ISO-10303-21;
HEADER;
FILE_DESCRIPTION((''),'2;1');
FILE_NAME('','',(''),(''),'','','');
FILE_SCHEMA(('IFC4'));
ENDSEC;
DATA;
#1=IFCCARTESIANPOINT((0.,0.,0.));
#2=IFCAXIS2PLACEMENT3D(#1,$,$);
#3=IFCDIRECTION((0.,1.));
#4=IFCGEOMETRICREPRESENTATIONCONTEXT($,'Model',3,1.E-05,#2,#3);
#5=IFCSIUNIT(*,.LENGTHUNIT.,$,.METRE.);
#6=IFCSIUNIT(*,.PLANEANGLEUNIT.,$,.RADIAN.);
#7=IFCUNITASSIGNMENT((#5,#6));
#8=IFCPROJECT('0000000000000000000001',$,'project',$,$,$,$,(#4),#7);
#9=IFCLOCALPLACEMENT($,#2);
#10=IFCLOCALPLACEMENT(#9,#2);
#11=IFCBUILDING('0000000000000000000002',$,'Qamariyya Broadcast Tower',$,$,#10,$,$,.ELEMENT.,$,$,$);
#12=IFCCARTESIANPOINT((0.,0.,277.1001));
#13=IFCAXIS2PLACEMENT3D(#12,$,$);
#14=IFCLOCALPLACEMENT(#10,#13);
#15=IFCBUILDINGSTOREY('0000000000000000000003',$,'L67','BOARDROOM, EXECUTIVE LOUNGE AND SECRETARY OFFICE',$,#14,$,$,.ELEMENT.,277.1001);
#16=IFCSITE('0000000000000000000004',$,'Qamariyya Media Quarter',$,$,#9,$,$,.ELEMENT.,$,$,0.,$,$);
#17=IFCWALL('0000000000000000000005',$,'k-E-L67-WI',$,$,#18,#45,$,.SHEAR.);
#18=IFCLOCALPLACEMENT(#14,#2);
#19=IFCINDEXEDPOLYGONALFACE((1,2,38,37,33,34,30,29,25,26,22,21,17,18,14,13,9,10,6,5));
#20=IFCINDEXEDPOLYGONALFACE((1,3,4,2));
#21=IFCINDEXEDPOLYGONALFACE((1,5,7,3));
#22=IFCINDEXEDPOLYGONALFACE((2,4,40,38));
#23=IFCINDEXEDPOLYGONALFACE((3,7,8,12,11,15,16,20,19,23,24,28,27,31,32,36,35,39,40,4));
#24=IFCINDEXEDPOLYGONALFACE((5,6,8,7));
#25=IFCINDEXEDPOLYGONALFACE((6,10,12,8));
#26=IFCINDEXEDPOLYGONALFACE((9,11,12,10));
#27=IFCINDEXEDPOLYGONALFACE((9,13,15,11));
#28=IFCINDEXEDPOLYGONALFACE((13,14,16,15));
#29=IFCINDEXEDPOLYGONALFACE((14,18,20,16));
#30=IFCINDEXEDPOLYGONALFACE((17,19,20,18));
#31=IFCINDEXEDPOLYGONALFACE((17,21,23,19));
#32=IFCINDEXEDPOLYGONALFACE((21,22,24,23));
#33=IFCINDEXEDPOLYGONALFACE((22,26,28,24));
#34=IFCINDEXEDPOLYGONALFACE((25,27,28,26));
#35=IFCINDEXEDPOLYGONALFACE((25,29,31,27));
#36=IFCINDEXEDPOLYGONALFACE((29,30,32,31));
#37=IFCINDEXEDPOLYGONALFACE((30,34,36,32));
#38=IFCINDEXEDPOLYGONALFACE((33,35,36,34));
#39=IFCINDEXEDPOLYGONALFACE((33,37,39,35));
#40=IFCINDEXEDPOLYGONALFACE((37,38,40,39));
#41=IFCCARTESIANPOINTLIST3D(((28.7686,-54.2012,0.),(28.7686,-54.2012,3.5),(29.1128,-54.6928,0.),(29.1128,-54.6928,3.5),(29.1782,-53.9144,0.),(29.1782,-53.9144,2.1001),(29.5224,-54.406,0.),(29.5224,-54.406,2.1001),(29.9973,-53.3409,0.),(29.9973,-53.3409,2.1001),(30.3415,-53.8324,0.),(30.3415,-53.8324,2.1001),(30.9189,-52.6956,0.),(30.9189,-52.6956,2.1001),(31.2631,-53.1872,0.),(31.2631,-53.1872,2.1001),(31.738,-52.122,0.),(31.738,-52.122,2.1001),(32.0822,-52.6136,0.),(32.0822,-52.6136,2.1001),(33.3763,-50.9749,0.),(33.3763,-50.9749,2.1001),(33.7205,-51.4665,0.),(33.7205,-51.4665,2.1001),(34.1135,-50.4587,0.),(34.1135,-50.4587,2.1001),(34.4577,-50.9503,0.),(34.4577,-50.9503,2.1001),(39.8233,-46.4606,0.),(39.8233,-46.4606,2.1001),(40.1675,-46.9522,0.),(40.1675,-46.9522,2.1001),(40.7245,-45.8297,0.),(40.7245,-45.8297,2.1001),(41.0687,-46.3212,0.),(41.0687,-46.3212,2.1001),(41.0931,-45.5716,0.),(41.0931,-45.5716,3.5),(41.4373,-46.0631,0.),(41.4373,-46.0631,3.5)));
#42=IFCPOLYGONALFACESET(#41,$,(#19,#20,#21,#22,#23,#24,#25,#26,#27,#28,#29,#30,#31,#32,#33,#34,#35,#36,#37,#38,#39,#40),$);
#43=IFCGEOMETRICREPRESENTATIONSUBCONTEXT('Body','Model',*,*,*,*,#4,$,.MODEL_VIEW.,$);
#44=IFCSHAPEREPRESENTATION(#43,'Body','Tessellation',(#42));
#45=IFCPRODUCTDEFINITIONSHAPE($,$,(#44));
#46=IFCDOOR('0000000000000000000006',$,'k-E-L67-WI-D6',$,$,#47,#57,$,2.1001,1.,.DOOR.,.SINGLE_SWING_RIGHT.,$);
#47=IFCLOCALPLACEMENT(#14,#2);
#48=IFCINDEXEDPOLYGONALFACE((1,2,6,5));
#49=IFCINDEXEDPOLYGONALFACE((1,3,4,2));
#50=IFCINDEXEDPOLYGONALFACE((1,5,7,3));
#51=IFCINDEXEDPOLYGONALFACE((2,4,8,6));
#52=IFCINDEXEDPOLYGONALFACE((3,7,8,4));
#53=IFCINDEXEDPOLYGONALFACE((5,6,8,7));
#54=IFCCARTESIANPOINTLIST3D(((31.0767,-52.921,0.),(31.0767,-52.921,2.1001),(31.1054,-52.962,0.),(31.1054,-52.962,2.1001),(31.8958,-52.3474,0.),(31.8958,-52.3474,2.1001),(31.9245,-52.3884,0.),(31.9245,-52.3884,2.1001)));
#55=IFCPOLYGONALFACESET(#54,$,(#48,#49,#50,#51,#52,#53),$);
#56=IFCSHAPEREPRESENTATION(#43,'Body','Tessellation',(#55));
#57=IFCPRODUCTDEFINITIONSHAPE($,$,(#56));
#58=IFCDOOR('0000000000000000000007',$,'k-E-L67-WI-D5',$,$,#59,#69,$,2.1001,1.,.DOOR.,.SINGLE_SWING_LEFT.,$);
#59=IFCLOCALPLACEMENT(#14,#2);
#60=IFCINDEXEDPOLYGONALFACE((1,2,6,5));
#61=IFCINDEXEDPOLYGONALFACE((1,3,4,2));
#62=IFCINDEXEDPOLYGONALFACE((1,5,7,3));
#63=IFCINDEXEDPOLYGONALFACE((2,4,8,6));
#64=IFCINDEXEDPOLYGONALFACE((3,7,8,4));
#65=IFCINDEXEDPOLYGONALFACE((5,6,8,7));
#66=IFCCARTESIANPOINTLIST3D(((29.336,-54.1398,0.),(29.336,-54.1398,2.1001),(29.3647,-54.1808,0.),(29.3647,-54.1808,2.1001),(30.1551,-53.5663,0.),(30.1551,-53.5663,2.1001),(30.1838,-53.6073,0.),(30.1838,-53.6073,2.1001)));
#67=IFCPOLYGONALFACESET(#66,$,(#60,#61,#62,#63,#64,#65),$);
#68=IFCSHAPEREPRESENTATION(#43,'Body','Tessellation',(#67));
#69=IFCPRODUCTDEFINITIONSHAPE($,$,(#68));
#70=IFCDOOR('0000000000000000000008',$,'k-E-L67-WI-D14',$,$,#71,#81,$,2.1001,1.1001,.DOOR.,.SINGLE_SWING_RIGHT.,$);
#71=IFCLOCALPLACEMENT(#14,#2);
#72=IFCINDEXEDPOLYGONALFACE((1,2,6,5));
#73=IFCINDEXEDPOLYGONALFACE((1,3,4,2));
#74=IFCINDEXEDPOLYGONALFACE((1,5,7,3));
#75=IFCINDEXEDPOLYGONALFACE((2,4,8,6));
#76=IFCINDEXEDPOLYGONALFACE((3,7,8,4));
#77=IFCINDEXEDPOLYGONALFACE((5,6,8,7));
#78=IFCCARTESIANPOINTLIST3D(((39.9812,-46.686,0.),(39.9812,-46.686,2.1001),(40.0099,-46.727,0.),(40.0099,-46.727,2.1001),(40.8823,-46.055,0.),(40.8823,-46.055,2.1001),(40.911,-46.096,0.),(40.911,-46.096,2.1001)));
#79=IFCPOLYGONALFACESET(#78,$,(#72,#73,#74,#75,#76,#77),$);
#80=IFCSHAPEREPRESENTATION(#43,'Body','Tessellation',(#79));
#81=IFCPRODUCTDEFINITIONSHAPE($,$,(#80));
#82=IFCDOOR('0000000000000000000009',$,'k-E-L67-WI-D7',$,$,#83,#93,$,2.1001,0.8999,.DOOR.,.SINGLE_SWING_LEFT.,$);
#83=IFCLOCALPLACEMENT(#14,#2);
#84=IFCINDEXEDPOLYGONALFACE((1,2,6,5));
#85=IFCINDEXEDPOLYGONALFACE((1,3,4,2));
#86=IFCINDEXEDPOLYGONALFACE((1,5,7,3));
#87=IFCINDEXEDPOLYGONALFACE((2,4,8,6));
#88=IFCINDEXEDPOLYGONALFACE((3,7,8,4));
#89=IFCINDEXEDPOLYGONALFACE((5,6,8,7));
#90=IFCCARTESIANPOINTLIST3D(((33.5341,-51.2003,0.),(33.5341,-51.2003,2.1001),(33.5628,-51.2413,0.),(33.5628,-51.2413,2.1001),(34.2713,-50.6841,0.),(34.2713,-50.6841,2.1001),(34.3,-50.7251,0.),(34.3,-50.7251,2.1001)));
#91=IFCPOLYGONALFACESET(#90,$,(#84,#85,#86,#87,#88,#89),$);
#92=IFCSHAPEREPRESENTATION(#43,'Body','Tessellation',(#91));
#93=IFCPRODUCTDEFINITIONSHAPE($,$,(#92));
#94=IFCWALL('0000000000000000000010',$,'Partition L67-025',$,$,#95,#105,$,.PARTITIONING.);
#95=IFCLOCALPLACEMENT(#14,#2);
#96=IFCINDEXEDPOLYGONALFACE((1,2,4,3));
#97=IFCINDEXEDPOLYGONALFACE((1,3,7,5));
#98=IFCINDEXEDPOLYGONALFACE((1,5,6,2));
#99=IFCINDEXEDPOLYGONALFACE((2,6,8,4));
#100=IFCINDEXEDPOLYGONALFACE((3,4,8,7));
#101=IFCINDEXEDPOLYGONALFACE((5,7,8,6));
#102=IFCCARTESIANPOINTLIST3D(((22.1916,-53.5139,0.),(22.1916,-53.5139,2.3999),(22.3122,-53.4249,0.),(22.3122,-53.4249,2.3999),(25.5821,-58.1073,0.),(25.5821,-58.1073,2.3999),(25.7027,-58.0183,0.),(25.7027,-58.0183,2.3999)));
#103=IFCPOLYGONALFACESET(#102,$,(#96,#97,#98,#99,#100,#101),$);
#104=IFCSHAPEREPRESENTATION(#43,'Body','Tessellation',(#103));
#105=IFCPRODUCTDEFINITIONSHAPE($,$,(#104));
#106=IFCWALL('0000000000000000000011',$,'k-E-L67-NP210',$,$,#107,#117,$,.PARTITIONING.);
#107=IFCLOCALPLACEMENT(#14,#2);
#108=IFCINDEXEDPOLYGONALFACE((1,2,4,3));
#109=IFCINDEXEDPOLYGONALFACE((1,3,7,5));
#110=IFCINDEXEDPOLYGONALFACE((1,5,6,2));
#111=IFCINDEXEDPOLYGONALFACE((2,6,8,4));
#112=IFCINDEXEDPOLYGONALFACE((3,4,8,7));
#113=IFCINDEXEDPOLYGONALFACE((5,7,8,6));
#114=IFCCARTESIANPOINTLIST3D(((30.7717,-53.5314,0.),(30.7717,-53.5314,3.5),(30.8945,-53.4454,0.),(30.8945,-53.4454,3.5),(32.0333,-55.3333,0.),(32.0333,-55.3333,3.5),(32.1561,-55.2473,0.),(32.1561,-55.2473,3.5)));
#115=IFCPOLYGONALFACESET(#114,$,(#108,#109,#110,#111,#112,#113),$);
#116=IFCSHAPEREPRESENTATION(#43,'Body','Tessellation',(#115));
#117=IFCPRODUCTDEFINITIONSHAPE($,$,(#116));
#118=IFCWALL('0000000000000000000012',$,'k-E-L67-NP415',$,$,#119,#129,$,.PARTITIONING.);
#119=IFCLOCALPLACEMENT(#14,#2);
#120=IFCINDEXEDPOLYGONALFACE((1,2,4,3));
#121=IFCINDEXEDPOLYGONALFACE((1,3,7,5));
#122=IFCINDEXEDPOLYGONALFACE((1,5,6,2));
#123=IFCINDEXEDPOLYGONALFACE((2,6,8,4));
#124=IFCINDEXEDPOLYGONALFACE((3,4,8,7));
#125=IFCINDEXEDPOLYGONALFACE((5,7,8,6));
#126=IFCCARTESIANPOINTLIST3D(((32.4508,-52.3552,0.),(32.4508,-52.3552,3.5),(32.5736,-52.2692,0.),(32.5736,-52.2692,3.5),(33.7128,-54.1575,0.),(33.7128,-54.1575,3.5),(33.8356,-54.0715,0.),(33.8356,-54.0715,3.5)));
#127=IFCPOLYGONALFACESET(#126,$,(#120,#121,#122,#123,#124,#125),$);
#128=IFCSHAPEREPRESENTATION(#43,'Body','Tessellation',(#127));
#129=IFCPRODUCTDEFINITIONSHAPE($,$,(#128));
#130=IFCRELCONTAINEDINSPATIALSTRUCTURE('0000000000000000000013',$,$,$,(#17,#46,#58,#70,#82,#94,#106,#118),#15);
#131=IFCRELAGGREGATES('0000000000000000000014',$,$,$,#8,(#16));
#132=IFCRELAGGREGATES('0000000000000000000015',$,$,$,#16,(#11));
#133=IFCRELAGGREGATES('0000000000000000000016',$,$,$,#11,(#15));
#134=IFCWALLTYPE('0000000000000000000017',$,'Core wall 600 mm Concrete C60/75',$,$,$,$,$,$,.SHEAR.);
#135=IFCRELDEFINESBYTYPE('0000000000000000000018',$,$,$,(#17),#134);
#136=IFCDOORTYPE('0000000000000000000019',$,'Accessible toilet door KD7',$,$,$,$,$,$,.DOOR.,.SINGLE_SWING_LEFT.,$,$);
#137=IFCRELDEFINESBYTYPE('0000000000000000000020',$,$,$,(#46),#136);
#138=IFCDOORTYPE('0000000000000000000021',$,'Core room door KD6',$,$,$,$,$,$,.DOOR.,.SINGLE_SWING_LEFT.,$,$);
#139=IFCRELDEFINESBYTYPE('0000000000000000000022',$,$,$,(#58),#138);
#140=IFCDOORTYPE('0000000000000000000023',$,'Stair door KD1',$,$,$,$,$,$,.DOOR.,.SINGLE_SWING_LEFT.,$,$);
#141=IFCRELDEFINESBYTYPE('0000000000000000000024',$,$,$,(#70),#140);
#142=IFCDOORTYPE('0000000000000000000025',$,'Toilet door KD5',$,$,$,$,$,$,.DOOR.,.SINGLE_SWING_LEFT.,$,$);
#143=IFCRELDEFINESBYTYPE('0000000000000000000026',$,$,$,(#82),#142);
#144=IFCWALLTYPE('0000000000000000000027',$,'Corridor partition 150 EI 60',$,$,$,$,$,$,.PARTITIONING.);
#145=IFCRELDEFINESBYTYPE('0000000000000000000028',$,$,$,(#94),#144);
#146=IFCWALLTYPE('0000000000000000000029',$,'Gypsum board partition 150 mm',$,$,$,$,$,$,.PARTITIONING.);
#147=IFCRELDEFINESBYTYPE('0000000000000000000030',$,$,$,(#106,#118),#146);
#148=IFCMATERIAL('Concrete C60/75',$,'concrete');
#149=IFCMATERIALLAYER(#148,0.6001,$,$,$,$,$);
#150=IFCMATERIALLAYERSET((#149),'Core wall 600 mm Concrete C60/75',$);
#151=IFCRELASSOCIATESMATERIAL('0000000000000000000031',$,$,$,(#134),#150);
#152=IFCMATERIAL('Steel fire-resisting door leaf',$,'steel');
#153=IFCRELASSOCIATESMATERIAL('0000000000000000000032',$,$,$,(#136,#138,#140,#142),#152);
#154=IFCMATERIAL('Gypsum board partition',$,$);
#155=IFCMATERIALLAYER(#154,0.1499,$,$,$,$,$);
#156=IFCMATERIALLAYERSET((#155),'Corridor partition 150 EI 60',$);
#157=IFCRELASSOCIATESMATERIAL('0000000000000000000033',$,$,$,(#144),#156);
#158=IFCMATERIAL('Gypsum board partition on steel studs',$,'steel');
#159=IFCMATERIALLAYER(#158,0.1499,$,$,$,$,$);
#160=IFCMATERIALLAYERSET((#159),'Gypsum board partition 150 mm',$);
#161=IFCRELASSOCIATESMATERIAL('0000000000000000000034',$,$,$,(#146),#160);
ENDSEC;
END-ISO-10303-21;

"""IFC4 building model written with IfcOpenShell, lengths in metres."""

from ifc_helpers import new_model, si_unit, direction, frame, frame_2d, origin, place, context, subcontext, project, spatial, rectangle, extrude, material, layer, layer_set, type_object, element, fill, save


model = new_model("IFC4")

# Units and contexts
model_context = context("Model", 3, precision=1e-05, world=origin(), true_north=direction((0.0, 1.0)))
body_context = subcontext(model_context, "Body", "Model", "MODEL_VIEW")
ifc_project = project(units=[si_unit("LENGTHUNIT", "METRE"), si_unit("PLANEANGLEUNIT", "RADIAN")], contexts=[model_context])

# Site, building, storey
site_placement = place(None, origin())
site = spatial("IfcSite", under=ifc_project, at=site_placement, Name="Qamariyya Media Quarter", CompositionType="ELEMENT", RefElevation=0.0)
building_placement = place(site_placement, origin())
building = spatial("IfcBuilding", under=site, at=building_placement, Name="Qamariyya Broadcast Tower", CompositionType="ELEMENT")
storey_placement = place(building_placement, frame((0.0, 0.0, 277.1001)))
storey = spatial("IfcBuildingStorey", under=building, at=storey_placement, Name="L67", Description="BOARDROOM, EXECUTIVE LOUNGE AND SECRETARY OFFICE", CompositionType="ELEMENT", Elevation=277.1001)

# Wall, openings, doors
ifc_material_1 = material(Name="Concrete C60/75", Category="concrete")
ifc_layer_1 = layer(ifc_material_1, 0.6001)
ifc_layer_set_1 = layer_set([ifc_layer_1], Name="Core wall 600 mm Concrete C60/75")
wall_type_1 = type_object("IfcWallType", Name="Core wall 600 mm Concrete C60/75", PredefinedType="SHEAR", material=ifc_layer_set_1)
wall_1_placement = place(storey_placement, frame((28.9407, -54.447, 0.0), z_axis=(0.0, 0.0, 1.0), x_axis=(0.819153, 0.573575, 0.0)))
wall_1 = element("IfcWall", 1, at=wall_1_placement, inside=storey, type_object=wall_type_1, Name="k-E-L67-WI", PredefinedType="SHEAR", context=body_context, shape_type="SweptSolid", body=[
    extrude(rectangle(XDim=15.0454, YDim=0.6001, at=frame_2d((7.5227, 0.0))), origin(), (0.0, 0.0, 1.0), 3.5),
])
opening_1_placement = place(wall_1_placement, frame((0.5, 0.0, 0.0)))
opening_1 = element("IfcOpeningElement", 2, at=opening_1_placement, cuts=wall_1, PredefinedType="OPENING", context=body_context, shape_type="SweptSolid", body=[
    extrude(rectangle(XDim=1.0, YDim=2.1001, at=frame_2d((0.5, 1.05))), frame((0.0, 0.3101, 0.0), z_axis=(0.0, -1.0, 0.0), x_axis=(1.0, 0.0, 0.0)), (0.0, 0.0, 1.0), 0.6201),
])
opening_2_placement = place(wall_1_placement, frame((2.625, 0.0, 0.0)))
opening_2 = element("IfcOpeningElement", 3, at=opening_2_placement, cuts=wall_1, PredefinedType="OPENING", context=body_context, shape_type="SweptSolid", body=[
    extrude(rectangle(XDim=1.0, YDim=2.1001, at=frame_2d((0.5, 1.05))), frame((0.0, 0.3101, 0.0), z_axis=(0.0, -1.0, 0.0), x_axis=(1.0, 0.0, 0.0)), (0.0, 0.0, 1.0), 0.6201),
])
opening_3_placement = place(wall_1_placement, frame((5.625, 0.0, 0.0)))
opening_3 = element("IfcOpeningElement", 4, at=opening_3_placement, cuts=wall_1, PredefinedType="OPENING", context=body_context, shape_type="SweptSolid", body=[
    extrude(rectangle(XDim=0.8999, YDim=2.1001, at=frame_2d((0.45, 1.05))), frame((0.0, 0.3101, 0.0), z_axis=(0.0, -1.0, 0.0), x_axis=(1.0, 0.0, 0.0)), (0.0, 0.0, 1.0), 0.6201),
])
opening_4_placement = place(wall_1_placement, frame((13.4954, 0.0, 0.0)))
opening_4 = element("IfcOpeningElement", 5, at=opening_4_placement, cuts=wall_1, PredefinedType="OPENING", context=body_context, shape_type="SweptSolid", body=[
    extrude(rectangle(XDim=1.1001, YDim=2.1001, at=frame_2d((0.55, 1.05))), frame((0.0, 0.3101, 0.0), z_axis=(0.0, -1.0, 0.0), x_axis=(1.0, 0.0, 0.0)), (0.0, 0.0, 1.0), 0.6201),
])
ifc_material_2 = material(Name="Steel fire-resisting door leaf", Category="steel")
door_type_1 = type_object("IfcDoorType", Name="Accessible toilet door KD7", OperationType="SINGLE_SWING_LEFT", PredefinedType="DOOR", material=ifc_material_2)
door_1_placement = place(opening_2_placement, origin())
door_1 = element("IfcDoor", 6, at=door_1_placement, inside=storey, type_object=door_type_1, Name="k-E-L67-WI-D6", OperationType="SINGLE_SWING_RIGHT", OverallHeight=2.1001, OverallWidth=1.0, PredefinedType="DOOR", context=body_context, shape_type="SweptSolid", body=[
    extrude(rectangle(XDim=1.0, YDim=2.1001, at=frame_2d((0.5, 1.05))), frame((0.0, 0.0249, 0.0), z_axis=(0.0, -1.0, 0.0), x_axis=(1.0, 0.0, 0.0)), (0.0, 0.0, 1.0), 0.05),
])
fill(opening_2, door_1)
door_type_2 = type_object("IfcDoorType", Name="Core room door KD6", OperationType="SINGLE_SWING_LEFT", PredefinedType="DOOR", material=ifc_material_2)
door_2_placement = place(opening_1_placement, origin())
door_2 = element("IfcDoor", 7, at=door_2_placement, inside=storey, type_object=door_type_2, Name="k-E-L67-WI-D5", OperationType="SINGLE_SWING_LEFT", OverallHeight=2.1001, OverallWidth=1.0, PredefinedType="DOOR", context=body_context, shape_type="SweptSolid", body=[
    extrude(rectangle(XDim=1.0, YDim=2.1001, at=frame_2d((0.5, 1.05))), frame((0.0, 0.0249, 0.0), z_axis=(0.0, -1.0, 0.0), x_axis=(1.0, 0.0, 0.0)), (0.0, 0.0, 1.0), 0.05),
])
fill(opening_1, door_2)
door_type_3 = type_object("IfcDoorType", Name="Stair door KD1", OperationType="SINGLE_SWING_LEFT", PredefinedType="DOOR", material=ifc_material_2)
door_3_placement = place(opening_4_placement, origin())
door_3 = element("IfcDoor", 8, at=door_3_placement, inside=storey, type_object=door_type_3, Name="k-E-L67-WI-D14", OperationType="SINGLE_SWING_RIGHT", OverallHeight=2.1001, OverallWidth=1.1001, PredefinedType="DOOR", context=body_context, shape_type="SweptSolid", body=[
    extrude(rectangle(XDim=1.1001, YDim=2.1001, at=frame_2d((0.55, 1.05))), frame((0.0, 0.0249, 0.0), z_axis=(0.0, -1.0, 0.0), x_axis=(1.0, 0.0, 0.0)), (0.0, 0.0, 1.0), 0.05),
])
fill(opening_4, door_3)
door_type_4 = type_object("IfcDoorType", Name="Toilet door KD5", OperationType="SINGLE_SWING_LEFT", PredefinedType="DOOR", material=ifc_material_2)
door_4_placement = place(opening_3_placement, origin())
door_4 = element("IfcDoor", 9, at=door_4_placement, inside=storey, type_object=door_type_4, Name="k-E-L67-WI-D7", OperationType="SINGLE_SWING_LEFT", OverallHeight=2.1001, OverallWidth=0.8999, PredefinedType="DOOR", context=body_context, shape_type="SweptSolid", body=[
    extrude(rectangle(XDim=0.8999, YDim=2.1001, at=frame_2d((0.45, 1.05))), frame((0.0, 0.0249, 0.0), z_axis=(0.0, -1.0, 0.0), x_axis=(1.0, 0.0, 0.0)), (0.0, 0.0, 1.0), 0.05),
])
fill(opening_3, door_4)

# Walls
ifc_material_3 = material(Name="Gypsum board partition")
ifc_layer_2 = layer(ifc_material_3, 0.1499)
ifc_layer_set_2 = layer_set([ifc_layer_2], Name="Corridor partition 150 EI 60")
wall_type_2 = type_object("IfcWallType", Name="Corridor partition 150 EI 60", PredefinedType="PARTITIONING", material=ifc_layer_set_2)
wall_2_placement = place(storey_placement, frame((22.252, -53.4695, 0.0), z_axis=(0.0, 0.0, 1.0), x_axis=(0.593873, -0.804559, 0.0)))
element("IfcWall", 10, at=wall_2_placement, inside=storey, type_object=wall_type_2, Name="Partition L67-025", PredefinedType="PARTITIONING", context=body_context, shape_type="SweptSolid", body=[
    extrude(rectangle(XDim=5.7092, YDim=0.1499, at=frame_2d((2.8545, 0.0))), origin(), (0.0, 0.0, 1.0), 2.3999),
])
ifc_material_4 = material(Name="Gypsum board partition on steel studs", Category="steel")
ifc_layer_3 = layer(ifc_material_4, 0.1499)
ifc_layer_set_3 = layer_set([ifc_layer_3], Name="Gypsum board partition 150 mm")
wall_type_3 = type_object("IfcWallType", Name="Gypsum board partition 150 mm", PredefinedType="PARTITIONING", material=ifc_layer_set_3)
wall_3_placement = place(storey_placement, frame((32.0947, -55.2903, 0.0), z_axis=(0.0, 0.0, 1.0), x_axis=(-0.573559, 0.819164, 0.0)))
element("IfcWall", 11, at=wall_3_placement, inside=storey, type_object=wall_type_3, Name="k-E-L67-NP210", PredefinedType="PARTITIONING", context=body_context, shape_type="SweptSolid", body=[
    extrude(rectangle(XDim=2.1997, YDim=0.1499, at=frame_2d((1.0999, 0.0))), origin(), (0.0, 0.0, 1.0), 3.5),
])
wall_4_placement = place(storey_placement, frame((33.7742, -54.1145, 0.0), z_axis=(0.0, 0.0, 1.0), x_axis=(-0.573581, 0.819149, 0.0)))
element("IfcWall", 12, at=wall_4_placement, inside=storey, type_object=wall_type_3, Name="k-E-L67-NP415", PredefinedType="PARTITIONING", context=body_context, shape_type="SweptSolid", body=[
    extrude(rectangle(XDim=2.2002, YDim=0.1499, at=frame_2d((1.1001, 0.0))), origin(), (0.0, 0.0, 1.0), 3.5),
])

save(model, "model.ifc")
